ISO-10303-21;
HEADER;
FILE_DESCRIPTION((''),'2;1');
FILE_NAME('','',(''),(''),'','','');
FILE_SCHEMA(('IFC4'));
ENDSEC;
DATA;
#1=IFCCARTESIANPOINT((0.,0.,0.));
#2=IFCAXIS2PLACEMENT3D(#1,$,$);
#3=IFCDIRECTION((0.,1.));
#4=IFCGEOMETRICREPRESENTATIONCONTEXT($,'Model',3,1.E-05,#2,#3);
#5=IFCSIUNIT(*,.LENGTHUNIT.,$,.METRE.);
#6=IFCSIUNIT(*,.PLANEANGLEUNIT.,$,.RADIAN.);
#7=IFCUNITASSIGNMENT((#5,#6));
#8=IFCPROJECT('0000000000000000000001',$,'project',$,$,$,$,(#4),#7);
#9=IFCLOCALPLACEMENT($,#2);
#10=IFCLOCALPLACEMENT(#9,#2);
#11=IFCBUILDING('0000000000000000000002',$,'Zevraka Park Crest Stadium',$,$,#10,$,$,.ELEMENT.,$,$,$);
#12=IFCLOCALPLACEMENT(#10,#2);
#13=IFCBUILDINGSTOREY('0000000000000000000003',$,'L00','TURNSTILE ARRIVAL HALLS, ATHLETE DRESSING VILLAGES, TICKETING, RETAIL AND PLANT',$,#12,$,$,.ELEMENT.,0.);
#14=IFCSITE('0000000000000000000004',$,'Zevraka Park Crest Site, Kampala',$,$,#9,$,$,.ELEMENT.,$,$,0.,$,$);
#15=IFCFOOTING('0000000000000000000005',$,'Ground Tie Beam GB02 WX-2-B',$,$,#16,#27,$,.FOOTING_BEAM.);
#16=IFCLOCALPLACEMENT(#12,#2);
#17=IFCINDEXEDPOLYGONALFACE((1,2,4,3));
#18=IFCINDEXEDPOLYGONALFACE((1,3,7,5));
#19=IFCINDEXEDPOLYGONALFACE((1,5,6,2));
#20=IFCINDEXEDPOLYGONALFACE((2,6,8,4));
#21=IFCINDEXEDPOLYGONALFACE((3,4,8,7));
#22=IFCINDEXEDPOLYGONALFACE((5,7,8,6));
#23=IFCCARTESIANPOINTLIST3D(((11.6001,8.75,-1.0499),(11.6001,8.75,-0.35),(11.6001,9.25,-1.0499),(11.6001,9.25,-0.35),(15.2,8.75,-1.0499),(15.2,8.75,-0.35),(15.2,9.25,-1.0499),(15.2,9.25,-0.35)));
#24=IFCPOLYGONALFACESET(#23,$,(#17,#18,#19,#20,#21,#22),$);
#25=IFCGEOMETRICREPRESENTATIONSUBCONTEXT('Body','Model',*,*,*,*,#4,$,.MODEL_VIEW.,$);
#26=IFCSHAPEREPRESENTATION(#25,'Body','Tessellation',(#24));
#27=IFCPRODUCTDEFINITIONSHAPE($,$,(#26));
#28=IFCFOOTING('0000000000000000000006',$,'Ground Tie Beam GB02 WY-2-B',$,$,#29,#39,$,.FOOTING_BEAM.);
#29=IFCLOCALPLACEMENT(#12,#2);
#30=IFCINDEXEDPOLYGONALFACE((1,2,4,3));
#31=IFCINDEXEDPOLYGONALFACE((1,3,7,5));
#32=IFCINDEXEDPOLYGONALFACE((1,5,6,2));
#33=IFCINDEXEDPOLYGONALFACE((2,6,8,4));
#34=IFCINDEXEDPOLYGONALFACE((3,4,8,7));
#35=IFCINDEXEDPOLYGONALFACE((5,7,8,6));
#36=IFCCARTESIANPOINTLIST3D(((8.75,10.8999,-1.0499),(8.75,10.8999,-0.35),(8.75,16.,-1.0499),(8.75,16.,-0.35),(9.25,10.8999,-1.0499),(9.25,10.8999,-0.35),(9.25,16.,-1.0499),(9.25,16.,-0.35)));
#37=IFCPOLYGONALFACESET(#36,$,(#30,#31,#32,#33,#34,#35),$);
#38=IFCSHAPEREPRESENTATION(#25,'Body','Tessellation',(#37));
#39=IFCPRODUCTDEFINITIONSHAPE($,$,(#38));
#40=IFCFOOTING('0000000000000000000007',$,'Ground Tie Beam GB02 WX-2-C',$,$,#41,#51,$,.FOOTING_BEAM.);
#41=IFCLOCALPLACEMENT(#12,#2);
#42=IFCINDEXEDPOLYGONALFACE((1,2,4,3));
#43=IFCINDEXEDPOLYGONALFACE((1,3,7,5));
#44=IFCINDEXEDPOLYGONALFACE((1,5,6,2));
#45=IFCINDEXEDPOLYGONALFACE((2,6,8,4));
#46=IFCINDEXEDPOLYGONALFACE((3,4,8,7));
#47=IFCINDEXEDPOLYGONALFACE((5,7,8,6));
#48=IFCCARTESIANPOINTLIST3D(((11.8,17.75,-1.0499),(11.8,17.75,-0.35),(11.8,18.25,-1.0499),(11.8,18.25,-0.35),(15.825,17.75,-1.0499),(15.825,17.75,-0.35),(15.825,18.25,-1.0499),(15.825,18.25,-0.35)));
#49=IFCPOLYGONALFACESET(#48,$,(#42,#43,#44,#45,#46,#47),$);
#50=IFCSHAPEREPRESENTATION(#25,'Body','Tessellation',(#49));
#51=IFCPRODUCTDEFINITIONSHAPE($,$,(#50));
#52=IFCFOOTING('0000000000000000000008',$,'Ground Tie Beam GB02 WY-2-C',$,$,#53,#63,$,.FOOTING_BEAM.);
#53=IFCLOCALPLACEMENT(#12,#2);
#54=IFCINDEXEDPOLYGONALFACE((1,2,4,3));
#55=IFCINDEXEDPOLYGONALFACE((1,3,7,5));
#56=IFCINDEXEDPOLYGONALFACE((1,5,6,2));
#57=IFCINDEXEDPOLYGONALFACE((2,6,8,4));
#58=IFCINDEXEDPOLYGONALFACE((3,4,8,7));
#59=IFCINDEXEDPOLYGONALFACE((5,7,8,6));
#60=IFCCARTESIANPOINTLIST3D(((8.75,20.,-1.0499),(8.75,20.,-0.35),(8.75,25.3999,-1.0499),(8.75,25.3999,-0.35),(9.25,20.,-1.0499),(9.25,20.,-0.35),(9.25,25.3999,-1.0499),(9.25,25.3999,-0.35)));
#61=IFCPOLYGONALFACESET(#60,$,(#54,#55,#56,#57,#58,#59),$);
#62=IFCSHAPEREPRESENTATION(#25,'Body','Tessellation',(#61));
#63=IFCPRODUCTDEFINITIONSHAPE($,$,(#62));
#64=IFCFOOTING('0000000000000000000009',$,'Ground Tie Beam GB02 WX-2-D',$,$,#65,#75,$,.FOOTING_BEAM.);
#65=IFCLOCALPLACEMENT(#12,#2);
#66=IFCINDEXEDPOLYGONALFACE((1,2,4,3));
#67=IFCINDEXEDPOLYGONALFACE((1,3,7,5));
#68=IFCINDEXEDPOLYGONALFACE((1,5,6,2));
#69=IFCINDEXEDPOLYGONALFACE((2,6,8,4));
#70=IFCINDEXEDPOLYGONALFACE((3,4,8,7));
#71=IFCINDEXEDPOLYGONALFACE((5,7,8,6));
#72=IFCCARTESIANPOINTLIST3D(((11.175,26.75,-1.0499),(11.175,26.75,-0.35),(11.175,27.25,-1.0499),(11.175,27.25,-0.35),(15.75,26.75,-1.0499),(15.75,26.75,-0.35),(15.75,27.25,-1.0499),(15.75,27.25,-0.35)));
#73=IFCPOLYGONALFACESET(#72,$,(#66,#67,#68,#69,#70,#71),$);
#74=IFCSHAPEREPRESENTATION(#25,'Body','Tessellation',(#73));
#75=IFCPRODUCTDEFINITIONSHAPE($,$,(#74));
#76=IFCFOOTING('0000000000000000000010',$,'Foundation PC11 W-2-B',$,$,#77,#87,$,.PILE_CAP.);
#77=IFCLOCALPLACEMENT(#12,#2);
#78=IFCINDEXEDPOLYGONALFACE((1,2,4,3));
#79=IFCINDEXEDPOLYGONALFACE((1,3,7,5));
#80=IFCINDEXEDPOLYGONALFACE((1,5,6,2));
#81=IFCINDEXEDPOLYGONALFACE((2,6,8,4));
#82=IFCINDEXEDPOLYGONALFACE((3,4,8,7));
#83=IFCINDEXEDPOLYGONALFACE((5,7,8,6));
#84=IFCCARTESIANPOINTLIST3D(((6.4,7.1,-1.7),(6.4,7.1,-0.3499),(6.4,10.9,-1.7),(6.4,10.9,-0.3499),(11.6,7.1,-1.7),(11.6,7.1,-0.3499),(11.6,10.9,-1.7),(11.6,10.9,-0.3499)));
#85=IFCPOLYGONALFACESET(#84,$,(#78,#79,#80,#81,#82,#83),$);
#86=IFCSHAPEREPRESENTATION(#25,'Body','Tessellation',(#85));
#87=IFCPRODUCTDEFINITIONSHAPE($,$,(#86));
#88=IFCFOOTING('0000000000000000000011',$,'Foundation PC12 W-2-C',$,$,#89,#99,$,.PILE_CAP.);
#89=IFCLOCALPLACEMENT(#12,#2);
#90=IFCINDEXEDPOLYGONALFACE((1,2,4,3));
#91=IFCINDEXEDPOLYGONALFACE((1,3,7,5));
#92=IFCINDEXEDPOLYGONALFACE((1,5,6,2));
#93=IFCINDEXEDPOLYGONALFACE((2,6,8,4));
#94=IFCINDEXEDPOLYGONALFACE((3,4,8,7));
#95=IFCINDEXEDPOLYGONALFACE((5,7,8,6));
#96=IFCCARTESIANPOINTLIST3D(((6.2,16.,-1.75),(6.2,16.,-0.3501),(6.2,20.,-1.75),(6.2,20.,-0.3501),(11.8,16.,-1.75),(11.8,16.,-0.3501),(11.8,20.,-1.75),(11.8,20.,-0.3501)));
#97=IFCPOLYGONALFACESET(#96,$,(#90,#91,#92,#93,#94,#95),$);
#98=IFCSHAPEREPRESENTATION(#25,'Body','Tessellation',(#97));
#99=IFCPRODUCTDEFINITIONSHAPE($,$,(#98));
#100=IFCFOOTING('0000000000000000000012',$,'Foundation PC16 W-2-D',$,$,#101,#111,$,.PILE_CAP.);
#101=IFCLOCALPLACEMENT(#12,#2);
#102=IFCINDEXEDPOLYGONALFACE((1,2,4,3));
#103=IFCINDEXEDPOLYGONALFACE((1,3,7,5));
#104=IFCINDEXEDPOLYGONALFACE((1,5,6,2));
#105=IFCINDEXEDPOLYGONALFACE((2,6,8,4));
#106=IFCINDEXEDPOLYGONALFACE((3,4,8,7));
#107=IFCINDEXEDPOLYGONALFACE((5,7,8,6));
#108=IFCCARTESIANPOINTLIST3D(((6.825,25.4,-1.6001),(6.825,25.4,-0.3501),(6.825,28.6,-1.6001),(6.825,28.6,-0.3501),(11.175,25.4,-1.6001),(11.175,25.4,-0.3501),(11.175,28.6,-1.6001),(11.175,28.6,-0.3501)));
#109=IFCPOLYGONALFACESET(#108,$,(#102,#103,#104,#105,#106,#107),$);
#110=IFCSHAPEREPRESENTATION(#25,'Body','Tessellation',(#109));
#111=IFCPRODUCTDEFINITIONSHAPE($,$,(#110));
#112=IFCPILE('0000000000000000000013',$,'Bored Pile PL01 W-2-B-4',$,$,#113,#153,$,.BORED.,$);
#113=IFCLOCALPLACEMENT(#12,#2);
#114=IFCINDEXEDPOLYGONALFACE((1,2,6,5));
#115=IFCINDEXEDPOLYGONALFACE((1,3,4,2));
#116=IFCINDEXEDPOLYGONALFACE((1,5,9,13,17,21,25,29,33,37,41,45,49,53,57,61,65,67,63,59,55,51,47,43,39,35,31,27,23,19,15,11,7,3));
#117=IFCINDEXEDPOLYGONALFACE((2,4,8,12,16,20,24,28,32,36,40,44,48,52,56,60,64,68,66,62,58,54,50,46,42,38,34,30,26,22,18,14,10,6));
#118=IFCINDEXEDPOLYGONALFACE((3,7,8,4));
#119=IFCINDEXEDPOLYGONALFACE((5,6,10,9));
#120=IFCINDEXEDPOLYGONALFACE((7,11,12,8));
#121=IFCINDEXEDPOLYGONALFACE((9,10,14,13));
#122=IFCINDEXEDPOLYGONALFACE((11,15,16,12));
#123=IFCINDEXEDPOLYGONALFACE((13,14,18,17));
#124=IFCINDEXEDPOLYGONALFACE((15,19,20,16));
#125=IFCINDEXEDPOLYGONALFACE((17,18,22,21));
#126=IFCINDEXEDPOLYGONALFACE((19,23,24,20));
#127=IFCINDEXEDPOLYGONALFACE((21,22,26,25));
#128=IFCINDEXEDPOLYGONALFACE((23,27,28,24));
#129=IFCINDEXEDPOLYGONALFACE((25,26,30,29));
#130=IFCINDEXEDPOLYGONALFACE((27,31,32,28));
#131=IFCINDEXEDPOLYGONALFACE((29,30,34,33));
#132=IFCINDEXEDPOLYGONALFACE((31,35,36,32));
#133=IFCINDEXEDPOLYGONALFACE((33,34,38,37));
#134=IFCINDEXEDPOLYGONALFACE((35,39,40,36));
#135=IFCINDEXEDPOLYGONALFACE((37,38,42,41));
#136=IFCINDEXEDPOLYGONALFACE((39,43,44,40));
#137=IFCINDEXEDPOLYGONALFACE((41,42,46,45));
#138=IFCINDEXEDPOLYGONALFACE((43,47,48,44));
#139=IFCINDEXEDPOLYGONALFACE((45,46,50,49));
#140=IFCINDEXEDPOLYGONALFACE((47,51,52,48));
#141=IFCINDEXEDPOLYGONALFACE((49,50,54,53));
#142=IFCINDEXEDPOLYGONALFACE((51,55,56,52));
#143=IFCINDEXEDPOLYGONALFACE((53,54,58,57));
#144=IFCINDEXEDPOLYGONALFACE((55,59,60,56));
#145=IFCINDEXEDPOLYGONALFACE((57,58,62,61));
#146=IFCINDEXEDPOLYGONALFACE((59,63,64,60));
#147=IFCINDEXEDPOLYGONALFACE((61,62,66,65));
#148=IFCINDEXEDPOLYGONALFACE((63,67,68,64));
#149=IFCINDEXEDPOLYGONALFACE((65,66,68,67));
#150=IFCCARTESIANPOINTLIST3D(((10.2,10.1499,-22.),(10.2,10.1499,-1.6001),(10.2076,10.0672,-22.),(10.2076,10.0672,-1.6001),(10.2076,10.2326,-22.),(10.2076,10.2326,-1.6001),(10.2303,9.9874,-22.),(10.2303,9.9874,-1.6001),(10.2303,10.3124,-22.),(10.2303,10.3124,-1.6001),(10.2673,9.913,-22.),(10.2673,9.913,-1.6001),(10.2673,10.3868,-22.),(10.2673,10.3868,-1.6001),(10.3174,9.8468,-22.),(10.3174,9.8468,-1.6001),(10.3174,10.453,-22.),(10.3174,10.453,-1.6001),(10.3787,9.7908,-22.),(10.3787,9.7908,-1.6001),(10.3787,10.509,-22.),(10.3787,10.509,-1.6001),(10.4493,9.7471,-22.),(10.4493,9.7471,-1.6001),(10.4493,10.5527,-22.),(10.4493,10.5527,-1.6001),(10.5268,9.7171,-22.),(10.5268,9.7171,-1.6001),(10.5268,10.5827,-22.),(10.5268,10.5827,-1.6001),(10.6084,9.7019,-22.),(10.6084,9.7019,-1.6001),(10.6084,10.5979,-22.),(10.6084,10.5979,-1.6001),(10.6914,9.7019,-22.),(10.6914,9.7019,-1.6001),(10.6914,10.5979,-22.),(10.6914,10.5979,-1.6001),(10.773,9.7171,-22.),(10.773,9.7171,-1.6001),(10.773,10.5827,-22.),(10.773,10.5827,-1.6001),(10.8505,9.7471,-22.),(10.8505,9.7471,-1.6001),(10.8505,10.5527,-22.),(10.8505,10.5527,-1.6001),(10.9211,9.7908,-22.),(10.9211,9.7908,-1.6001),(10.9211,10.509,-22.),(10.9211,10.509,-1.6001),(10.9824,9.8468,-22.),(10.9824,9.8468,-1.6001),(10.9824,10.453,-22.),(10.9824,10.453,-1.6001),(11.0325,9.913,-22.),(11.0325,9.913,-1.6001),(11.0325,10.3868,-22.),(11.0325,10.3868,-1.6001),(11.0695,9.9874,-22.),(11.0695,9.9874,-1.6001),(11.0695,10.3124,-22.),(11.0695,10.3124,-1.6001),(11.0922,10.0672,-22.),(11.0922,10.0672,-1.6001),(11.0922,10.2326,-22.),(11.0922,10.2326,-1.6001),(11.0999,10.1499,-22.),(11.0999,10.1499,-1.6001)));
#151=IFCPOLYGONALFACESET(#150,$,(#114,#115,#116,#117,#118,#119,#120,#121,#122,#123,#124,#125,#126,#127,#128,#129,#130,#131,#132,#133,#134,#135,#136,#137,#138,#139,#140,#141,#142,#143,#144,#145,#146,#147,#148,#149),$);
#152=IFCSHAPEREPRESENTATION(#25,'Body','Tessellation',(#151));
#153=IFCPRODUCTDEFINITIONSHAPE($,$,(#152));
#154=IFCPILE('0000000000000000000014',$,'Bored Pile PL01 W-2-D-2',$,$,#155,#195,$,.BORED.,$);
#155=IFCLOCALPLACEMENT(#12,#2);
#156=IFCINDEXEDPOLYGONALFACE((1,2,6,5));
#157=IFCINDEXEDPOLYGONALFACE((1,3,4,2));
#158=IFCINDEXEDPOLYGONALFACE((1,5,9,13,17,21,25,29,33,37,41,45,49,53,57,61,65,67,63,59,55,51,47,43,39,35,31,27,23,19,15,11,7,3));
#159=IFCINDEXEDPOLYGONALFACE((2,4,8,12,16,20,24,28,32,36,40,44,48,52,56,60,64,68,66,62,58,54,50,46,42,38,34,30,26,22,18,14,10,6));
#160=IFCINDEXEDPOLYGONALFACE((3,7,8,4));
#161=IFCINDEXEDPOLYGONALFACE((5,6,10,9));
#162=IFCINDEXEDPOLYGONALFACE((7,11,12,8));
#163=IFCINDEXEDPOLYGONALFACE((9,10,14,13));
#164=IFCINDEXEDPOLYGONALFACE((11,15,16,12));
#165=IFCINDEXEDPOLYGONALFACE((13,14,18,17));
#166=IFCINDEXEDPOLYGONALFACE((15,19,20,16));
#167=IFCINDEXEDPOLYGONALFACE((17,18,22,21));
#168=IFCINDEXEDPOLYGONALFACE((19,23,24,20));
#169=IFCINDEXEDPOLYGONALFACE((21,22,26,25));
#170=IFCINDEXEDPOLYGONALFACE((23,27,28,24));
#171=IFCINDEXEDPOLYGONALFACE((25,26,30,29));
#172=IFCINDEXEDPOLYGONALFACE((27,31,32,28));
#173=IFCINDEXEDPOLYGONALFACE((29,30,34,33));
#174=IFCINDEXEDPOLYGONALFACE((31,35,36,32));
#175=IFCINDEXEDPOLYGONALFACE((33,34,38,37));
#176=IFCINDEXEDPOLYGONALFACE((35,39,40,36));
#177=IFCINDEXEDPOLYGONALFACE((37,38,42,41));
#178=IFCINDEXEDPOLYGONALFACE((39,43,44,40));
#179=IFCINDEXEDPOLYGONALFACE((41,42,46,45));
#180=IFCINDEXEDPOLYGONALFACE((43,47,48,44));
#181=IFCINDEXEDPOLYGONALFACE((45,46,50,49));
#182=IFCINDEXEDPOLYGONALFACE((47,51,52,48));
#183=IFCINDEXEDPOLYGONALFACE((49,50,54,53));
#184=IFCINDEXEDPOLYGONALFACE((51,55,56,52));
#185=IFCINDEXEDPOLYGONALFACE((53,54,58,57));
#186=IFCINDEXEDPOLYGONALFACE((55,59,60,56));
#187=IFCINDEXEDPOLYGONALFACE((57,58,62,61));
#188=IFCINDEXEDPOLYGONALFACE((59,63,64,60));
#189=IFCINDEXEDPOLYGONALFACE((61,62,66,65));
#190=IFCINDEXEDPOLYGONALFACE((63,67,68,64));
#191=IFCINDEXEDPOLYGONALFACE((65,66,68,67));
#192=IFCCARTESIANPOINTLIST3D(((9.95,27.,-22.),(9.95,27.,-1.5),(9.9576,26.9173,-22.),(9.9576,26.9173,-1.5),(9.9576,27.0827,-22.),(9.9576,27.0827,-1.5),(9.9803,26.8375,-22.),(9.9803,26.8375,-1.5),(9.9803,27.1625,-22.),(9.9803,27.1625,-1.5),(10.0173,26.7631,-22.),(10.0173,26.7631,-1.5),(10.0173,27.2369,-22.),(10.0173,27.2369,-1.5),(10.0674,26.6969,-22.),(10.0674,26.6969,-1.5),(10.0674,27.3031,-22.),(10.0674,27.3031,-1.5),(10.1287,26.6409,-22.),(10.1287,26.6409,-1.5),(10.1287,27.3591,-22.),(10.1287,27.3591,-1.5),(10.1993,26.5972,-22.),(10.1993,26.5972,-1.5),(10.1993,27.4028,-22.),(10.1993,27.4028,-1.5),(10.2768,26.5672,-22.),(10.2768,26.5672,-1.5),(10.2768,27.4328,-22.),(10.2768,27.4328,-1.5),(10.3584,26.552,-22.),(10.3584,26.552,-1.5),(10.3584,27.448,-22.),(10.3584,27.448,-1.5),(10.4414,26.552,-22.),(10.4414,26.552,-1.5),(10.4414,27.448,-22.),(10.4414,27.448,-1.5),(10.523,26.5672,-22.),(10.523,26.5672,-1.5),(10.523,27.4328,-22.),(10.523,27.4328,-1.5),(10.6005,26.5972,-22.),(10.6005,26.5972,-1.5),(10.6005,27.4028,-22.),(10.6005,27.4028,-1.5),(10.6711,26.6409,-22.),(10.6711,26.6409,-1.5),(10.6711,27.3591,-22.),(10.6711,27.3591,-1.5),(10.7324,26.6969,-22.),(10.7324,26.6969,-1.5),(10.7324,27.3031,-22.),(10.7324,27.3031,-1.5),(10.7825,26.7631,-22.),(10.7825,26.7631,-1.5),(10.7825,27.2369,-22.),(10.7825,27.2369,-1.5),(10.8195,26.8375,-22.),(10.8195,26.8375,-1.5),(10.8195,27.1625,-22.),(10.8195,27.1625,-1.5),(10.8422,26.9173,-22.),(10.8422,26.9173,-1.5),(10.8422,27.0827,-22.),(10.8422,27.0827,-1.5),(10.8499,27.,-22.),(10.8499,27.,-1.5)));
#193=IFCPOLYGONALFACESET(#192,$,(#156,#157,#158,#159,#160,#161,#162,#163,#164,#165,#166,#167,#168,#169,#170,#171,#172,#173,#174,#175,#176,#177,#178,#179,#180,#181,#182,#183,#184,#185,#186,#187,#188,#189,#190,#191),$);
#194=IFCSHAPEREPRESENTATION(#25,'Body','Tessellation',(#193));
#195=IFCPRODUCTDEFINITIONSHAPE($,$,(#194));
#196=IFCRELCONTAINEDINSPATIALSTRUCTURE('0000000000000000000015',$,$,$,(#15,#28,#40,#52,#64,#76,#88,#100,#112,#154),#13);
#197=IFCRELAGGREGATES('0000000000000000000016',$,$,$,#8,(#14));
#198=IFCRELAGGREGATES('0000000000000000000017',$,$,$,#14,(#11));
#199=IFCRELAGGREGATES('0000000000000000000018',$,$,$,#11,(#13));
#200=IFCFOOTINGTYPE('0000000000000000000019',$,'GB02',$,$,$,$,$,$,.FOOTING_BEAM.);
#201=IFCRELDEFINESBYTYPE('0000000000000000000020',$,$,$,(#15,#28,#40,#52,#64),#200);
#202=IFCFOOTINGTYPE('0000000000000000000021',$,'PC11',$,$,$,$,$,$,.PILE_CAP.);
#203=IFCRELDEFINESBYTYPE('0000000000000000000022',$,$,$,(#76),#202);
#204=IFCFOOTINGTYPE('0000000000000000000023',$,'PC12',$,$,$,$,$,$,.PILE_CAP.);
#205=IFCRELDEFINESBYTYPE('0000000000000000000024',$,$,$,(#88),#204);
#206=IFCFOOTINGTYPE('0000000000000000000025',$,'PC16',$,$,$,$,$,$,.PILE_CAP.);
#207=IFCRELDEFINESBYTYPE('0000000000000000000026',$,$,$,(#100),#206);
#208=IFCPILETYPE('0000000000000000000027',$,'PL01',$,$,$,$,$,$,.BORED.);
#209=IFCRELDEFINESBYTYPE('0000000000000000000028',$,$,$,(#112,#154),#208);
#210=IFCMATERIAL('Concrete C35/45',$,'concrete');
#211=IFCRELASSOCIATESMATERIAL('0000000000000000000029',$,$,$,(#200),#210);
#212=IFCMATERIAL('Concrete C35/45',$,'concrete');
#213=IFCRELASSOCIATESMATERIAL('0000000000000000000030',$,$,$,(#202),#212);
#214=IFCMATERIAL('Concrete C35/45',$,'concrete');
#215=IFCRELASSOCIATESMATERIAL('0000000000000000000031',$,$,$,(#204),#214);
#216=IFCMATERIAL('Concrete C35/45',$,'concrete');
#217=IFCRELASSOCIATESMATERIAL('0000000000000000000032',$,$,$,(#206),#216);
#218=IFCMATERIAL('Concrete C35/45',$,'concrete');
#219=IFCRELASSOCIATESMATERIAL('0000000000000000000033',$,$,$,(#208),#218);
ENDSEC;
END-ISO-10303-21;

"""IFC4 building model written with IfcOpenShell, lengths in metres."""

from ifc_helpers import new_model, si_unit, direction, frame, origin, origin_2d, place, context, subcontext, project, spatial, rectangle, circle, extrude, material, material_profile, profile_set, type_object, element, save


model = new_model("IFC4")

# Units and contexts
model_context = context("Model", 3, precision=1e-05, world=origin(), true_north=direction((0.0, 1.0)))
body_context = subcontext(model_context, "Body", "Model", "MODEL_VIEW")
ifc_project = project(units=[si_unit("LENGTHUNIT", "METRE"), si_unit("PLANEANGLEUNIT", "RADIAN")], contexts=[model_context])

# Site, building, storey
site_placement = place(None, origin())
site = spatial("IfcSite", under=ifc_project, at=site_placement, Name="Zevraka Park Crest Site, Kampala", CompositionType="ELEMENT", RefElevation=0.0)
building_placement = place(site_placement, origin())
building = spatial("IfcBuilding", under=site, at=building_placement, Name="Zevraka Park Crest Stadium", CompositionType="ELEMENT")
storey_placement = place(building_placement, origin())
storey = spatial("IfcBuildingStorey", under=building, at=storey_placement, Name="L00", Description="TURNSTILE ARRIVAL HALLS, ATHLETE DRESSING VILLAGES, TICKETING, RETAIL AND PLANT", CompositionType="ELEMENT", Elevation=0.0)

# Footings
ifc_material_1 = material(Name="Concrete C35/45", Category="concrete")
ifc_material_profile_1 = material_profile(ifc_material_1, rectangle(XDim=0.5, YDim=0.7, at=origin_2d()), Name="GB 700x500")
ifc_profile_set_1 = profile_set([ifc_material_profile_1], Name="Concrete C35/45")
footing_type_1 = type_object("IfcFootingType", Name="GB02", PredefinedType="FOOTING_BEAM", material=ifc_profile_set_1)
footing_1_placement = place(storey_placement, frame((11.6001, 9.0, -0.7), z_axis=(1.0, 0.0, 0.0), x_axis=(0.0, 1.0, 0.0)))
element("IfcFooting", 1, at=footing_1_placement, inside=storey, type_object=footing_type_1, Name="Ground Tie Beam GB02 WX-2-B", PredefinedType="FOOTING_BEAM", context=body_context, shape_type="SweptSolid", body=[
    extrude(rectangle(XDim=0.5, YDim=0.7, at=origin_2d()), origin(), (0.0, 0.0, 1.0), 3.5999),
])
footing_2_placement = place(storey_placement, frame((9.0, 10.8999, -0.7), z_axis=(0.0, 1.0, 0.0), x_axis=(-1.0, 0.0, 0.0)))
element("IfcFooting", 2, at=footing_2_placement, inside=storey, type_object=footing_type_1, Name="Ground Tie Beam GB02 WY-2-B", PredefinedType="FOOTING_BEAM", context=body_context, shape_type="SweptSolid", body=[
    extrude(rectangle(XDim=0.5, YDim=0.7, at=origin_2d()), origin(), (0.0, 0.0, 1.0), 5.1001),
])
footing_3_placement = place(storey_placement, frame((11.8, 18.0, -0.7), z_axis=(1.0, 0.0, 0.0), x_axis=(0.0, 1.0, 0.0)))
element("IfcFooting", 3, at=footing_3_placement, inside=storey, type_object=footing_type_1, Name="Ground Tie Beam GB02 WX-2-C", PredefinedType="FOOTING_BEAM", context=body_context, shape_type="SweptSolid", body=[
    extrude(rectangle(XDim=0.5, YDim=0.7, at=origin_2d()), origin(), (0.0, 0.0, 1.0), 4.0249),
])
footing_4_placement = place(storey_placement, frame((9.0, 20.0, -0.7), z_axis=(0.0, 1.0, 0.0), x_axis=(-1.0, 0.0, 0.0)))
element("IfcFooting", 4, at=footing_4_placement, inside=storey, type_object=footing_type_1, Name="Ground Tie Beam GB02 WY-2-C", PredefinedType="FOOTING_BEAM", context=body_context, shape_type="SweptSolid", body=[
    extrude(rectangle(XDim=0.5, YDim=0.7, at=origin_2d()), origin(), (0.0, 0.0, 1.0), 5.3999),
])
footing_5_placement = place(storey_placement, frame((11.175, 27.0, -0.7), z_axis=(1.0, 0.0, 0.0), x_axis=(0.0, 1.0, 0.0)))
element("IfcFooting", 5, at=footing_5_placement, inside=storey, type_object=footing_type_1, Name="Ground Tie Beam GB02 WX-2-D", PredefinedType="FOOTING_BEAM", context=body_context, shape_type="SweptSolid", body=[
    extrude(rectangle(XDim=0.5, YDim=0.7, at=origin_2d()), origin(), (0.0, 0.0, 1.0), 4.575),
])
ifc_material_2 = material(Name="Concrete C35/45", Category="concrete")
footing_type_2 = type_object("IfcFootingType", Name="PC11", PredefinedType="PILE_CAP", material=ifc_material_2)
footing_6_placement = place(storey_placement, frame((9.0, 9.0, -1.7), z_axis=(0.0, 0.0, 1.0), x_axis=(1.0, 0.0, 0.0)))
element("IfcFooting", 6, at=footing_6_placement, inside=storey, type_object=footing_type_2, Name="Foundation PC11 W-2-B", PredefinedType="PILE_CAP", context=body_context, shape_type="SweptSolid", body=[
    extrude(rectangle(XDim=5.2, YDim=3.8, at=origin_2d()), origin(), (0.0, 0.0, 1.0), 1.3501),
])
ifc_material_3 = material(Name="Concrete C35/45", Category="concrete")
footing_type_3 = type_object("IfcFootingType", Name="PC12", PredefinedType="PILE_CAP", material=ifc_material_3)
footing_7_placement = place(storey_placement, frame((9.0, 18.0, -1.75), z_axis=(0.0, 0.0, 1.0), x_axis=(1.0, 0.0, 0.0)))
element("IfcFooting", 7, at=footing_7_placement, inside=storey, type_object=footing_type_3, Name="Foundation PC12 W-2-C", PredefinedType="PILE_CAP", context=body_context, shape_type="SweptSolid", body=[
    extrude(rectangle(XDim=5.6001, YDim=4.0, at=origin_2d()), origin(), (0.0, 0.0, 1.0), 1.3999),
])
ifc_material_4 = material(Name="Concrete C35/45", Category="concrete")
footing_type_4 = type_object("IfcFootingType", Name="PC16", PredefinedType="PILE_CAP", material=ifc_material_4)
footing_8_placement = place(storey_placement, frame((9.0, 27.0, -1.6001), z_axis=(0.0, 0.0, 1.0), x_axis=(1.0, 0.0, 0.0)))
element("IfcFooting", 8, at=footing_8_placement, inside=storey, type_object=footing_type_4, Name="Foundation PC16 W-2-D", PredefinedType="PILE_CAP", context=body_context, shape_type="SweptSolid", body=[
    extrude(rectangle(XDim=4.3501, YDim=3.2, at=origin_2d()), origin(), (0.0, 0.0, 1.0), 1.25),
])

# Piles
ifc_material_5 = material(Name="Concrete C35/45", Category="concrete")
ifc_material_profile_2 = material_profile(ifc_material_5, circle(Radius=0.45, at=origin_2d()), Name="PILE D900")
ifc_profile_set_2 = profile_set([ifc_material_profile_2], Name="Concrete C35/45")
pile_type_1 = type_object("IfcPileType", Name="PL01", PredefinedType="BORED", material=ifc_profile_set_2)
pile_placement = place(storey_placement, frame((10.6499, 10.1499, -1.6001), z_axis=(0.0, 0.0, -1.0), x_axis=(1.0, 0.0, 0.0)))
element("IfcPile", 9, at=pile_placement, inside=storey, type_object=pile_type_1, Name="Bored Pile PL01 W-2-B-4", PredefinedType="BORED", context=body_context, shape_type="SweptSolid", body=[
    extrude(circle(Radius=0.45, at=origin_2d()), origin(), (0.0, 0.0, 1.0), 20.3999),
])
for number, where, z_axis, x_axis, name in (
    (10, (10.3999, 27.0, -1.5), (0.0, 0.0, -1.0), (1.0, 0.0, 0.0), "Bored Pile PL01 W-2-D-2"),
):
    element("IfcPile", number, at=place(storey_placement, frame(where, z_axis=z_axis, x_axis=x_axis)), inside=storey, type_object=pile_type_1, Name=name, PredefinedType="BORED", context=body_context, shape_type="SweptSolid", body=[
        extrude(circle(Radius=0.45, at=origin_2d()), origin(), (0.0, 0.0, 1.0), 20.5),
    ])

save(model, "model.ifc")
